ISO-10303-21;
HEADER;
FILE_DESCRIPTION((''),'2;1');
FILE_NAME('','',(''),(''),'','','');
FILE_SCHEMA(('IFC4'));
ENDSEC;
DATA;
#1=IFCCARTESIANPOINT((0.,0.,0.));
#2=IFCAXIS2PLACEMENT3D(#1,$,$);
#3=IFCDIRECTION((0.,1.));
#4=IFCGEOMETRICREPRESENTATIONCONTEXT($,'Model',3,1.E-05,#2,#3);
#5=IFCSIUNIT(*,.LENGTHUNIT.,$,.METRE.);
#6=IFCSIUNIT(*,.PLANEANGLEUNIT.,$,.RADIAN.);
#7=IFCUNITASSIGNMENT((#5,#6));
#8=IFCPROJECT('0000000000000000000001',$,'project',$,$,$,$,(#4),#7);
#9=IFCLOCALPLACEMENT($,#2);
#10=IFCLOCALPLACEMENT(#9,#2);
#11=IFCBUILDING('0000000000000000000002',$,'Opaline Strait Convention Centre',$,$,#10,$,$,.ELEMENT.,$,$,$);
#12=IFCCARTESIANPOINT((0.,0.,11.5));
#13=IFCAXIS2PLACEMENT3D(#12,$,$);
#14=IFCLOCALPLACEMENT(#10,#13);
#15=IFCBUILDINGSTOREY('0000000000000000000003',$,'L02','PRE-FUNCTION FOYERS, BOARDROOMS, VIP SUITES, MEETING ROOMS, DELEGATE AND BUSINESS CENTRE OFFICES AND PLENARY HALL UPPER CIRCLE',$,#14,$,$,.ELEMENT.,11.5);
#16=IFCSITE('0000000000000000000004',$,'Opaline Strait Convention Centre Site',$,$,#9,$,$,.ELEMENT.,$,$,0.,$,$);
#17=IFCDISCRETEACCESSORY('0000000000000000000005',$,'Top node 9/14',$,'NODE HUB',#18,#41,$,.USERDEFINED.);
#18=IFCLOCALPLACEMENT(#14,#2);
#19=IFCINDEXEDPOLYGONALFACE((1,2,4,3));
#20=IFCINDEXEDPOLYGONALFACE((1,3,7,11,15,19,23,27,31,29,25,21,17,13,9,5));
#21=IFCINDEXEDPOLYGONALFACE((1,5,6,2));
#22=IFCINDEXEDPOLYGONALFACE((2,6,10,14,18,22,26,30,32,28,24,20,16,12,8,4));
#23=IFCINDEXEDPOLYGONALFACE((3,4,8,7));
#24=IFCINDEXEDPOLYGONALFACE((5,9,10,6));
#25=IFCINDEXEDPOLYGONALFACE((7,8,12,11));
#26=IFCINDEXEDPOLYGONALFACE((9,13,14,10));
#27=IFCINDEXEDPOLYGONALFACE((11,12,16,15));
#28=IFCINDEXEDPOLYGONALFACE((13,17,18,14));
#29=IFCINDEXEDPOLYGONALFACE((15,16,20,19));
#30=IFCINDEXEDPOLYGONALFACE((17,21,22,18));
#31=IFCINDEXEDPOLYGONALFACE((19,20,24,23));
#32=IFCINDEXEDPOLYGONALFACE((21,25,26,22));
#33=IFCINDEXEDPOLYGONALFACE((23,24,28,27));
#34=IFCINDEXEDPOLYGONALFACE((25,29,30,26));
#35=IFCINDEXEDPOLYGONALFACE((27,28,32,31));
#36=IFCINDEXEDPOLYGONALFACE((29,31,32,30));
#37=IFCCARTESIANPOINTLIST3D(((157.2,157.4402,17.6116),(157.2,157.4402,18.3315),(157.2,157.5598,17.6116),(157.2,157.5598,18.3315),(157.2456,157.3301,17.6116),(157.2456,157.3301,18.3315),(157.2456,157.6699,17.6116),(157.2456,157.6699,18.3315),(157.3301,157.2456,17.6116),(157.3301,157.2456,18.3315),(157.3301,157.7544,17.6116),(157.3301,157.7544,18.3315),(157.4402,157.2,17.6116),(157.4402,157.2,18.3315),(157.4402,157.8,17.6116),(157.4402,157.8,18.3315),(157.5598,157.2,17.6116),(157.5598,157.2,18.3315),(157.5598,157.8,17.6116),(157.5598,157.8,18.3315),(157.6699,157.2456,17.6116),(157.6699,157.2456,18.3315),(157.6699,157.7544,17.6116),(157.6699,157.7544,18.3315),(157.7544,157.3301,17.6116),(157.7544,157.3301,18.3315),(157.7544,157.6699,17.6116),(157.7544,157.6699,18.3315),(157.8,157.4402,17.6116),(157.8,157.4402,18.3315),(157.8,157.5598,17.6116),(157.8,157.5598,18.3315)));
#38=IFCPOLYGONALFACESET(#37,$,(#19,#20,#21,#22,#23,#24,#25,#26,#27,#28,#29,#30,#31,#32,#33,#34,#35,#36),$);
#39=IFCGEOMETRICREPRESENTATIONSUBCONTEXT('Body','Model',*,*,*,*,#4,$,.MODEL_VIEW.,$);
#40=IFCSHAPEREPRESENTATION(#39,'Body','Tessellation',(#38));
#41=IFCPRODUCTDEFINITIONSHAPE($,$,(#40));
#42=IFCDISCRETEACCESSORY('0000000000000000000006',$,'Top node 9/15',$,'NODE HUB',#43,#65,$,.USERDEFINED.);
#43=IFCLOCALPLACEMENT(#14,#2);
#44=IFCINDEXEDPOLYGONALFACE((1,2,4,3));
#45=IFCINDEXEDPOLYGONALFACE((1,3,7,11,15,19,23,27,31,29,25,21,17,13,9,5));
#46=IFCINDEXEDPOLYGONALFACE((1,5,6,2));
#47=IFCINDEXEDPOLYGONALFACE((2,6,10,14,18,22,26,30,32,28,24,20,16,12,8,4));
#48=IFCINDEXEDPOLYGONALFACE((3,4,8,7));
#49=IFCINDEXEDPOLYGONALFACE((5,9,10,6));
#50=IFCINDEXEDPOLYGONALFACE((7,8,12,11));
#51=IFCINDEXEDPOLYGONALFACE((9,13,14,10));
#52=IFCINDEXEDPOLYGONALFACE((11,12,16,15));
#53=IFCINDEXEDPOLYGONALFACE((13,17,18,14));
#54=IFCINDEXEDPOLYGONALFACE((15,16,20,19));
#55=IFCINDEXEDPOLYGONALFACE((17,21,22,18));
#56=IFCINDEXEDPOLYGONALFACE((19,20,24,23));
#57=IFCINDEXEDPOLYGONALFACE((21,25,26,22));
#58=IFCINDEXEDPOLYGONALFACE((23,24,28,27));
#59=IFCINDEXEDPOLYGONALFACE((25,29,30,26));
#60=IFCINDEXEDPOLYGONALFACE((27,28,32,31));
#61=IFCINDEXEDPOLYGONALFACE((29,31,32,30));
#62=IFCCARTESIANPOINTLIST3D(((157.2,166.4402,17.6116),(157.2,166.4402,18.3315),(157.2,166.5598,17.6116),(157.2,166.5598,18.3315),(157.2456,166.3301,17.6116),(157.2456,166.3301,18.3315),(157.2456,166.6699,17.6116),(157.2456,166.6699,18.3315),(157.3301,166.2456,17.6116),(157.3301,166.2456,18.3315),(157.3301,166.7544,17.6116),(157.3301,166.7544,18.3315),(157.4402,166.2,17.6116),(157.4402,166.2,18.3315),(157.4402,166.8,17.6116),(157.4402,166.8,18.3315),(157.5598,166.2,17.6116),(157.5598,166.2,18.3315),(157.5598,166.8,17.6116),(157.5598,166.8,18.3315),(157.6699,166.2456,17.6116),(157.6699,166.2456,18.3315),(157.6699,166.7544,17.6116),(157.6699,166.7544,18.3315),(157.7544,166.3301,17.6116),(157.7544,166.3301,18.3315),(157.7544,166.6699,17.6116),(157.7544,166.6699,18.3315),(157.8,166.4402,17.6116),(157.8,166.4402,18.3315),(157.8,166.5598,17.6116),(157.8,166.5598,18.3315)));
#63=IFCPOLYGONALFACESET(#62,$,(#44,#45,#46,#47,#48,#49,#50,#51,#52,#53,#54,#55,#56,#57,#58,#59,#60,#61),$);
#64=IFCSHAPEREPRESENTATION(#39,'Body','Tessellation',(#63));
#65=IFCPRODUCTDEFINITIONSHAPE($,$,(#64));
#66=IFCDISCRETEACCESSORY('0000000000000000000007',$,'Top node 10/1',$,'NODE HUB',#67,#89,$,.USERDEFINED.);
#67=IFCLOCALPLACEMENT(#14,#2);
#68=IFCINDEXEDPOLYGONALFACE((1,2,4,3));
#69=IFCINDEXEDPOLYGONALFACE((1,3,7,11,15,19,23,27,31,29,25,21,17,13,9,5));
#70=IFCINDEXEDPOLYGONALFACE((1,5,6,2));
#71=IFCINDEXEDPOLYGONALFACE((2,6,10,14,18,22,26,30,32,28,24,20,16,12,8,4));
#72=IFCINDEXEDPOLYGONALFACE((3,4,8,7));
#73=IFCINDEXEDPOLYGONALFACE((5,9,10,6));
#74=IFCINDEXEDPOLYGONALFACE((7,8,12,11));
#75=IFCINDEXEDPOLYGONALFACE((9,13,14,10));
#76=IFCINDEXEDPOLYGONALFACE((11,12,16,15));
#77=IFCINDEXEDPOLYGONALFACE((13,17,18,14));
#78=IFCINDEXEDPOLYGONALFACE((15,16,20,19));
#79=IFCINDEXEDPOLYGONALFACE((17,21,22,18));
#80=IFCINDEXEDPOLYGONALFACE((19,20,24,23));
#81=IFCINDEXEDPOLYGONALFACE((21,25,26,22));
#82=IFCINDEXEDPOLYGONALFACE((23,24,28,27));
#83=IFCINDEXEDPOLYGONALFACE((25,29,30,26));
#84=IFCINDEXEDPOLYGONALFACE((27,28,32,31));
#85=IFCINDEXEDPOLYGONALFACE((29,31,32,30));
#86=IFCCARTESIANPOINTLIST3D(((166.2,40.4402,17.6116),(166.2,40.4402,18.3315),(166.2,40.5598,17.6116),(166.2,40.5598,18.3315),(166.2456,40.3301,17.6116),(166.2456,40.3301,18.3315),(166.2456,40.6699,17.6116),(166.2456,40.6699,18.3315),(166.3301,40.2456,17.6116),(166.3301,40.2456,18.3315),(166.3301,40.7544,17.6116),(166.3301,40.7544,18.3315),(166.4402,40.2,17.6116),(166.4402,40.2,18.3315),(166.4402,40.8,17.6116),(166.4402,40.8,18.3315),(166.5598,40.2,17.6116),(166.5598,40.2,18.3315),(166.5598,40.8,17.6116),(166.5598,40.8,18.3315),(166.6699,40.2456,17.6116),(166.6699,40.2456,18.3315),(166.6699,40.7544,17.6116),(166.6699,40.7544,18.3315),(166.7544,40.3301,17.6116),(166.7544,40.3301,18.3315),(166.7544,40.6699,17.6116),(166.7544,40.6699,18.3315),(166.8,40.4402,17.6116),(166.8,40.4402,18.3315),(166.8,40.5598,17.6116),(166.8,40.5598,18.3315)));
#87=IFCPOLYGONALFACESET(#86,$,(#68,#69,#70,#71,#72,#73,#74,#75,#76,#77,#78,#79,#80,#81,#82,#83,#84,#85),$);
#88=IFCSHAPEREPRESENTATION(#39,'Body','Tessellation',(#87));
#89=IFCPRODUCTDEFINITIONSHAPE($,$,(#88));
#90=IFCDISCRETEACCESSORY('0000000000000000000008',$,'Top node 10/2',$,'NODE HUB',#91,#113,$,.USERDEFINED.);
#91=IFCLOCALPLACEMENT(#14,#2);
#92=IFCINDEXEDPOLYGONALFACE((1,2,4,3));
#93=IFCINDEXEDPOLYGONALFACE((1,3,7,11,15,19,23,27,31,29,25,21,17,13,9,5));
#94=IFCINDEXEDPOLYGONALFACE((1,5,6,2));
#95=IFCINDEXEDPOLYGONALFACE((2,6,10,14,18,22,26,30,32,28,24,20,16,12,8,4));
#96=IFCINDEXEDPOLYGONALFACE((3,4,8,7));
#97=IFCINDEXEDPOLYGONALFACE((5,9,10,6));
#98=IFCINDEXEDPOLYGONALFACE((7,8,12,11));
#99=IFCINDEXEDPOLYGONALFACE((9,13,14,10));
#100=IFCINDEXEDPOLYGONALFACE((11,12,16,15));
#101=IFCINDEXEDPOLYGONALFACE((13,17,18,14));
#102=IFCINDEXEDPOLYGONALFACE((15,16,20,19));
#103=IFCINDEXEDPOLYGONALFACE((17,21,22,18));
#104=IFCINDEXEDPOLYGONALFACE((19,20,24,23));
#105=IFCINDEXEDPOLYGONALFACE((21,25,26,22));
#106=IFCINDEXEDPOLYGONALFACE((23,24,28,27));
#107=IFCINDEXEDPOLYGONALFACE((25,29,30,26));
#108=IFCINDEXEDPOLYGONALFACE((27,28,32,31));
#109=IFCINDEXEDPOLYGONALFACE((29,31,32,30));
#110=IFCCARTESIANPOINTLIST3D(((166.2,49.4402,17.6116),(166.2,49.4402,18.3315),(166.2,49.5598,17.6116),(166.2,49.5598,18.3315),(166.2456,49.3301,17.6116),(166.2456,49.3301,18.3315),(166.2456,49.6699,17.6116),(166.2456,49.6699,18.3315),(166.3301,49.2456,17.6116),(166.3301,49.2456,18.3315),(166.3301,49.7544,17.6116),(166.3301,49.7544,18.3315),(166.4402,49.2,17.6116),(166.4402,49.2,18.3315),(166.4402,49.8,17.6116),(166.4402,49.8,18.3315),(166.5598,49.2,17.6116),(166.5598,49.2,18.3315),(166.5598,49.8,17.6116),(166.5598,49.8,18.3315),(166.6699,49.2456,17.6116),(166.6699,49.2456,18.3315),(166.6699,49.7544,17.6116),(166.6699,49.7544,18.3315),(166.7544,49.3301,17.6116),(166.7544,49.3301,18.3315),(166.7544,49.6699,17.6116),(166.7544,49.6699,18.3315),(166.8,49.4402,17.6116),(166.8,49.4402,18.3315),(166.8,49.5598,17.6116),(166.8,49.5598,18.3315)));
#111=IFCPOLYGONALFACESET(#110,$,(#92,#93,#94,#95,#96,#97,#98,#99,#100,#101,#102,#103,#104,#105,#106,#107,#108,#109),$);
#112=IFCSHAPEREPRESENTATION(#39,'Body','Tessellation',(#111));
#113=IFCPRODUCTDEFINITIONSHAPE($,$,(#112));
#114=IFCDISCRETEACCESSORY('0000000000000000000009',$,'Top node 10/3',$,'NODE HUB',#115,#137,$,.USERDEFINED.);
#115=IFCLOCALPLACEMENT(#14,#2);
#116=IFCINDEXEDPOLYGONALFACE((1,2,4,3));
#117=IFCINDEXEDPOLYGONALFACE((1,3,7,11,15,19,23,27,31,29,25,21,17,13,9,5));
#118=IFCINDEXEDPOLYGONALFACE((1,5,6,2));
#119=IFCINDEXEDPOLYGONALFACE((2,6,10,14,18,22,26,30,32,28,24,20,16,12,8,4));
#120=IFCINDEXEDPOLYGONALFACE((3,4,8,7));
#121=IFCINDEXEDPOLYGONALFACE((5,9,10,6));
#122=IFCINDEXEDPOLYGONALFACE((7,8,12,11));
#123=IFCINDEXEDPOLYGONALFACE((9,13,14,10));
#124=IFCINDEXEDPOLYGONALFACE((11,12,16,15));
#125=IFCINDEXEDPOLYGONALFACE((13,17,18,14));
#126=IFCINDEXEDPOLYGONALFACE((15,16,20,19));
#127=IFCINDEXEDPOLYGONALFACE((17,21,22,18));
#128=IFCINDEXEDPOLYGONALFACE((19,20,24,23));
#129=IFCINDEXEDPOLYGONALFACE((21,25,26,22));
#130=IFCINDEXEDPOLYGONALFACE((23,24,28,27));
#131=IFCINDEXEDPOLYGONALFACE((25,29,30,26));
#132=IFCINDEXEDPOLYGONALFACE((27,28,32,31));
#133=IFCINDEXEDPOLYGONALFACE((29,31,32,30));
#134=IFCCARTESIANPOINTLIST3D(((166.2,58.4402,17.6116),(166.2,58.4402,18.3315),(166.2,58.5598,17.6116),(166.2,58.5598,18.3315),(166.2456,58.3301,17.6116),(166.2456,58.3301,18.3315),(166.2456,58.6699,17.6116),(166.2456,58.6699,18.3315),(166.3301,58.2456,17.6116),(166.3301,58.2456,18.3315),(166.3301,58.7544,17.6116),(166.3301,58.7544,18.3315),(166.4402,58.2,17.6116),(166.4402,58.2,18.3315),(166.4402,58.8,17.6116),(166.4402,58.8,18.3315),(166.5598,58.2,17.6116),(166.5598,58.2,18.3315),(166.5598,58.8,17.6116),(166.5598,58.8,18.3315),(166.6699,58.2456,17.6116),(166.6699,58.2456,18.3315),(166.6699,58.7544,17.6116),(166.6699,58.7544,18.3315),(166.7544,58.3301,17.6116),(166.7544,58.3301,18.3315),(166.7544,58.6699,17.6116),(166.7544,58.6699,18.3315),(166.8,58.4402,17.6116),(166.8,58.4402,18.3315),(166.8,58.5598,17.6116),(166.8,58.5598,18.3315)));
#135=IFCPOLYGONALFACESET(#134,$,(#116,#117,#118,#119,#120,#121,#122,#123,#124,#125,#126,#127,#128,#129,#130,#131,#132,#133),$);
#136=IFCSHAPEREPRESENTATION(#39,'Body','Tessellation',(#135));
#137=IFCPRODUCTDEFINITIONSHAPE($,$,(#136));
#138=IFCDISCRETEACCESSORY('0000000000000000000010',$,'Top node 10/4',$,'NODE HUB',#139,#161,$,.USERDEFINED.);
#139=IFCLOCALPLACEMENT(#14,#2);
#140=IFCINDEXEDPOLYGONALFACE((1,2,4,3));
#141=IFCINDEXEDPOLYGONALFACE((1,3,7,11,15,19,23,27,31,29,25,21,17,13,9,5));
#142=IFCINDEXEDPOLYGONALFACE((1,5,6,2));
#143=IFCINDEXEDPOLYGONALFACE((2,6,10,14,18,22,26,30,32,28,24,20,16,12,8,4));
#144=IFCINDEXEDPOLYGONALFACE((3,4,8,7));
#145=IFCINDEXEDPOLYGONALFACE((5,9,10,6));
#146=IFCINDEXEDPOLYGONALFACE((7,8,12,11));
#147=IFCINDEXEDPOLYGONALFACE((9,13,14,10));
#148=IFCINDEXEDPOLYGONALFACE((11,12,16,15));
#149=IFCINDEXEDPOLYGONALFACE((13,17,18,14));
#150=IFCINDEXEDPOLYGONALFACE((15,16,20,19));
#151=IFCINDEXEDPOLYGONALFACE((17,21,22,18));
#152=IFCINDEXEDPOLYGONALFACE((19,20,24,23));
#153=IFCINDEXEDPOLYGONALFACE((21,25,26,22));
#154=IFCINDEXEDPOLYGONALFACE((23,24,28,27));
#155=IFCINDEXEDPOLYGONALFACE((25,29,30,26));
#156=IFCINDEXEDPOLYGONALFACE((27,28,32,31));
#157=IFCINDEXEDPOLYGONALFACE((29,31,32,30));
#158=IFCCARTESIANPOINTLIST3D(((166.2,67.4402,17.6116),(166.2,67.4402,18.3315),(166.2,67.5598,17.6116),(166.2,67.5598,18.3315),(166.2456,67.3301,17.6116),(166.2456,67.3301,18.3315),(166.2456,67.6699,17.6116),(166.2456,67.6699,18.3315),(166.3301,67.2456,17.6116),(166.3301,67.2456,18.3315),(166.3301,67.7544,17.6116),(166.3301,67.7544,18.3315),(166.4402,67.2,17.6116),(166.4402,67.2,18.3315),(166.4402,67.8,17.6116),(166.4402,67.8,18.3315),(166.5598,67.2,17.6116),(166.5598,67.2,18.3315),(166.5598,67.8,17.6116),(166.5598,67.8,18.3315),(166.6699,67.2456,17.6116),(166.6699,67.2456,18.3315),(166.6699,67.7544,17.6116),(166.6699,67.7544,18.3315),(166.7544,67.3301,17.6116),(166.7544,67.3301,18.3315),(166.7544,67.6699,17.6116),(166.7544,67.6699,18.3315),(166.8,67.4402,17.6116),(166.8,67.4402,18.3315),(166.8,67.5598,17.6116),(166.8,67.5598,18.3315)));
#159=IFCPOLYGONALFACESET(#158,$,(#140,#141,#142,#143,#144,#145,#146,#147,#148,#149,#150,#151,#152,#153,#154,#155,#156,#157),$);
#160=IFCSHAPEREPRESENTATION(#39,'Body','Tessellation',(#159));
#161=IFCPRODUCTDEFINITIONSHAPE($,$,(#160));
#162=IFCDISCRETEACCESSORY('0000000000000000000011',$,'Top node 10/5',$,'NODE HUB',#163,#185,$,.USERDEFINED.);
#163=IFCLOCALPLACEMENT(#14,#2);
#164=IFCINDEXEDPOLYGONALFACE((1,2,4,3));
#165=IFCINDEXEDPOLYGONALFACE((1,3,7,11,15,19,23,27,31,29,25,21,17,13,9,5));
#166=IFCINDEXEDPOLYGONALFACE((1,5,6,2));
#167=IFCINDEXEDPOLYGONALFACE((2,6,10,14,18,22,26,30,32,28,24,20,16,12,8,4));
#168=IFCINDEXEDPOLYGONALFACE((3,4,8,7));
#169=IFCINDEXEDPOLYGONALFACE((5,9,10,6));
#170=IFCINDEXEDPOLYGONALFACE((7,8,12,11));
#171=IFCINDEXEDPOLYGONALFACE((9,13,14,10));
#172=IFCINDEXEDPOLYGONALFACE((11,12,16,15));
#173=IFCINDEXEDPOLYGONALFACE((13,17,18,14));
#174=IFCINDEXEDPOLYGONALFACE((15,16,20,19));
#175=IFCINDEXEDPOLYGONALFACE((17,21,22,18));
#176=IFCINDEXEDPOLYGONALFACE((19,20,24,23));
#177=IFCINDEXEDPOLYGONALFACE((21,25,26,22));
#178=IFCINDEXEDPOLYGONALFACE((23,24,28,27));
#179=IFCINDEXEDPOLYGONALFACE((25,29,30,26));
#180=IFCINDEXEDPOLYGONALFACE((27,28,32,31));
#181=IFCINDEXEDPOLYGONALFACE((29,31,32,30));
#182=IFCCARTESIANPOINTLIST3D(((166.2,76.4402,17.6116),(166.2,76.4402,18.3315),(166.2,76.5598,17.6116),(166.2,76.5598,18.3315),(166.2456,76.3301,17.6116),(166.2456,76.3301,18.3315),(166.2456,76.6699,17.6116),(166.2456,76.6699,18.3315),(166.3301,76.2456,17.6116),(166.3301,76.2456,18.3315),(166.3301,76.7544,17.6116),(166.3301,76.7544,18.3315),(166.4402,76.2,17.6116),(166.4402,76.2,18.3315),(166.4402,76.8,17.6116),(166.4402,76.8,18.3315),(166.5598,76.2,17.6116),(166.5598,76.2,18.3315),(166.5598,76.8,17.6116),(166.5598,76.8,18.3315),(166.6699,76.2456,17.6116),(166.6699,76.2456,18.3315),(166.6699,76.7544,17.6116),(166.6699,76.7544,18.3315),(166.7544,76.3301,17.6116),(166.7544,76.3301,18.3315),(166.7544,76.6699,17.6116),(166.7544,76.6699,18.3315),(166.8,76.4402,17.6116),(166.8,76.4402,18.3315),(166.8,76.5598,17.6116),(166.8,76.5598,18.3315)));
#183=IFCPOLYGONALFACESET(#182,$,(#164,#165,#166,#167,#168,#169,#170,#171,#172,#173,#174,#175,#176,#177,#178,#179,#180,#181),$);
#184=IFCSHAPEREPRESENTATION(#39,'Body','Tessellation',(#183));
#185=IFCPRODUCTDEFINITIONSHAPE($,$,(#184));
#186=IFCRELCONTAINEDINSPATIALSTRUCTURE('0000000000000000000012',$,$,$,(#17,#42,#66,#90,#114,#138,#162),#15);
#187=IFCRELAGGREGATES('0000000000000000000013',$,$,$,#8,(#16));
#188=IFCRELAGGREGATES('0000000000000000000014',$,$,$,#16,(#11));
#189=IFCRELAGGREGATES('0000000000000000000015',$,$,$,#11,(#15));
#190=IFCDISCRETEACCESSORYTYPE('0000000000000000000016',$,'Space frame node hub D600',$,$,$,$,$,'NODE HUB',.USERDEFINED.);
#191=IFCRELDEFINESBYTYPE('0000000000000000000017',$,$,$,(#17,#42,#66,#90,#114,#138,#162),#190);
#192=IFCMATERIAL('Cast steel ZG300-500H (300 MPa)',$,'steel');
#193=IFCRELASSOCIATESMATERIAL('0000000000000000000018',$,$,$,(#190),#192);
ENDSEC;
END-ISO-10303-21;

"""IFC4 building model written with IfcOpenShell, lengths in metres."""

from ifc_helpers import new_model, si_unit, direction, frame, origin, place, context, subcontext, project, spatial, polyline, outline, extrude, material, type_object, element, save


model = new_model("IFC4")

# Units and contexts
model_context = context("Model", 3, precision=1e-05, world=origin(), true_north=direction((0.0, 1.0)))
body_context = subcontext(model_context, "Body", "Model", "MODEL_VIEW")
ifc_project = project(units=[si_unit("LENGTHUNIT", "METRE"), si_unit("PLANEANGLEUNIT", "RADIAN")], contexts=[model_context])

# Site, building, storey
site_placement = place(None, origin())
site = spatial("IfcSite", under=ifc_project, at=site_placement, Name="Opaline Strait Convention Centre Site", CompositionType="ELEMENT", RefElevation=0.0)
building_placement = place(site_placement, origin())
building = spatial("IfcBuilding", under=site, at=building_placement, Name="Opaline Strait Convention Centre", CompositionType="ELEMENT")
storey_placement = place(building_placement, frame((0.0, 0.0, 11.5)))
storey = spatial("IfcBuildingStorey", under=building, at=storey_placement, Name="L02", Description="PRE-FUNCTION FOYERS, BOARDROOMS, VIP SUITES, MEETING ROOMS, DELEGATE AND BUSINESS CENTRE OFFICES AND PLENARY HALL UPPER CIRCLE", CompositionType="ELEMENT", Elevation=11.5)

# Discrete accessories
ifc_material = material(Name="Cast steel ZG300-500H (300 MPa)", Category="steel")
discrete_accessory_type = type_object("IfcDiscreteAccessoryType", Name="Space frame node hub D600", ElementType="NODE HUB", PredefinedType="USERDEFINED", material=ifc_material)
discrete_accessory_1_placement = place(storey_placement, frame((0.0, 0.0, 17.6116)))
element("IfcDiscreteAccessory", 1, at=discrete_accessory_1_placement, inside=storey, type_object=discrete_accessory_type, Name="Top node 9/14", ObjectType="NODE HUB", PredefinedType="USERDEFINED", context=body_context, shape_type="SweptSolid", body=[
    extrude(outline(polyline([(157.8, 157.5598), (157.7544, 157.6699), (157.6699, 157.7544), (157.5598, 157.8), (157.4402, 157.8), (157.3301, 157.7544), (157.2456, 157.6699), (157.2, 157.5598), (157.2, 157.4402), (157.2456, 157.3301), (157.3301, 157.2456), (157.4402, 157.2), (157.5598, 157.2), (157.6699, 157.2456), (157.7544, 157.3301), (157.8, 157.4402), (157.8, 157.5598)])), origin(), (0.0, 0.0, 1.0), 0.72),
])
discrete_accessory_2_placement = place(storey_placement, frame((0.0, 0.0, 17.6116)))
element("IfcDiscreteAccessory", 2, at=discrete_accessory_2_placement, inside=storey, type_object=discrete_accessory_type, Name="Top node 9/15", ObjectType="NODE HUB", PredefinedType="USERDEFINED", context=body_context, shape_type="SweptSolid", body=[
    extrude(outline(polyline([(157.8, 166.5598), (157.7544, 166.6699), (157.6699, 166.7544), (157.5598, 166.8), (157.4402, 166.8), (157.3301, 166.7544), (157.2456, 166.6699), (157.2, 166.5598), (157.2, 166.4402), (157.2456, 166.3301), (157.3301, 166.2456), (157.4402, 166.2), (157.5598, 166.2), (157.6699, 166.2456), (157.7544, 166.3301), (157.8, 166.4402), (157.8, 166.5598)])), origin(), (0.0, 0.0, 1.0), 0.72),
])
discrete_accessory_3_placement = place(storey_placement, frame((0.0, 0.0, 17.6116)))
element("IfcDiscreteAccessory", 3, at=discrete_accessory_3_placement, inside=storey, type_object=discrete_accessory_type, Name="Top node 10/1", ObjectType="NODE HUB", PredefinedType="USERDEFINED", context=body_context, shape_type="SweptSolid", body=[
    extrude(outline(polyline([(166.8, 40.5598), (166.7544, 40.6699), (166.6699, 40.7544), (166.5598, 40.8), (166.4402, 40.8), (166.3301, 40.7544), (166.2456, 40.6699), (166.2, 40.5598), (166.2, 40.4402), (166.2456, 40.3301), (166.3301, 40.2456), (166.4402, 40.2), (166.5598, 40.2), (166.6699, 40.2456), (166.7544, 40.3301), (166.8, 40.4402), (166.8, 40.5598)])), origin(), (0.0, 0.0, 1.0), 0.72),
])
discrete_accessory_4_placement = place(storey_placement, frame((0.0, 0.0, 17.6116)))
element("IfcDiscreteAccessory", 4, at=discrete_accessory_4_placement, inside=storey, type_object=discrete_accessory_type, Name="Top node 10/2", ObjectType="NODE HUB", PredefinedType="USERDEFINED", context=body_context, shape_type="SweptSolid", body=[
    extrude(outline(polyline([(166.8, 49.5598), (166.7544, 49.6699), (166.6699, 49.7544), (166.5598, 49.8), (166.4402, 49.8), (166.3301, 49.7544), (166.2456, 49.6699), (166.2, 49.5598), (166.2, 49.4402), (166.2456, 49.3301), (166.3301, 49.2456), (166.4402, 49.2), (166.5598, 49.2), (166.6699, 49.2456), (166.7544, 49.3301), (166.8, 49.4402), (166.8, 49.5598)])), origin(), (0.0, 0.0, 1.0), 0.72),
])
discrete_accessory_5_placement = place(storey_placement, frame((0.0, 0.0, 17.6116)))
element("IfcDiscreteAccessory", 5, at=discrete_accessory_5_placement, inside=storey, type_object=discrete_accessory_type, Name="Top node 10/3", ObjectType="NODE HUB", PredefinedType="USERDEFINED", context=body_context, shape_type="SweptSolid", body=[
    extrude(outline(polyline([(166.8, 58.5598), (166.7544, 58.6699), (166.6699, 58.7544), (166.5598, 58.8), (166.4402, 58.8), (166.3301, 58.7544), (166.2456, 58.6699), (166.2, 58.5598), (166.2, 58.4402), (166.2456, 58.3301), (166.3301, 58.2456), (166.4402, 58.2), (166.5598, 58.2), (166.6699, 58.2456), (166.7544, 58.3301), (166.8, 58.4402), (166.8, 58.5598)])), origin(), (0.0, 0.0, 1.0), 0.72),
])
discrete_accessory_6_placement = place(storey_placement, frame((0.0, 0.0, 17.6116)))
element("IfcDiscreteAccessory", 6, at=discrete_accessory_6_placement, inside=storey, type_object=discrete_accessory_type, Name="Top node 10/4", ObjectType="NODE HUB", PredefinedType="USERDEFINED", context=body_context, shape_type="SweptSolid", body=[
    extrude(outline(polyline([(166.8, 67.5598), (166.7544, 67.6699), (166.6699, 67.7544), (166.5598, 67.8), (166.4402, 67.8), (166.3301, 67.7544), (166.2456, 67.6699), (166.2, 67.5598), (166.2, 67.4402), (166.2456, 67.3301), (166.3301, 67.2456), (166.4402, 67.2), (166.5598, 67.2), (166.6699, 67.2456), (166.7544, 67.3301), (166.8, 67.4402), (166.8, 67.5598)])), origin(), (0.0, 0.0, 1.0), 0.72),
])
discrete_accessory_7_placement = place(storey_placement, frame((0.0, 0.0, 17.6116)))
element("IfcDiscreteAccessory", 7, at=discrete_accessory_7_placement, inside=storey, type_object=discrete_accessory_type, Name="Top node 10/5", ObjectType="NODE HUB", PredefinedType="USERDEFINED", context=body_context, shape_type="SweptSolid", body=[
    extrude(outline(polyline([(166.8, 76.5598), (166.7544, 76.6699), (166.6699, 76.7544), (166.5598, 76.8), (166.4402, 76.8), (166.3301, 76.7544), (166.2456, 76.6699), (166.2, 76.5598), (166.2, 76.4402), (166.2456, 76.3301), (166.3301, 76.2456), (166.4402, 76.2), (166.5598, 76.2), (166.6699, 76.2456), (166.7544, 76.3301), (166.8, 76.4402), (166.8, 76.5598)])), origin(), (0.0, 0.0, 1.0), 0.72),
])

save(model, "model.ifc")
